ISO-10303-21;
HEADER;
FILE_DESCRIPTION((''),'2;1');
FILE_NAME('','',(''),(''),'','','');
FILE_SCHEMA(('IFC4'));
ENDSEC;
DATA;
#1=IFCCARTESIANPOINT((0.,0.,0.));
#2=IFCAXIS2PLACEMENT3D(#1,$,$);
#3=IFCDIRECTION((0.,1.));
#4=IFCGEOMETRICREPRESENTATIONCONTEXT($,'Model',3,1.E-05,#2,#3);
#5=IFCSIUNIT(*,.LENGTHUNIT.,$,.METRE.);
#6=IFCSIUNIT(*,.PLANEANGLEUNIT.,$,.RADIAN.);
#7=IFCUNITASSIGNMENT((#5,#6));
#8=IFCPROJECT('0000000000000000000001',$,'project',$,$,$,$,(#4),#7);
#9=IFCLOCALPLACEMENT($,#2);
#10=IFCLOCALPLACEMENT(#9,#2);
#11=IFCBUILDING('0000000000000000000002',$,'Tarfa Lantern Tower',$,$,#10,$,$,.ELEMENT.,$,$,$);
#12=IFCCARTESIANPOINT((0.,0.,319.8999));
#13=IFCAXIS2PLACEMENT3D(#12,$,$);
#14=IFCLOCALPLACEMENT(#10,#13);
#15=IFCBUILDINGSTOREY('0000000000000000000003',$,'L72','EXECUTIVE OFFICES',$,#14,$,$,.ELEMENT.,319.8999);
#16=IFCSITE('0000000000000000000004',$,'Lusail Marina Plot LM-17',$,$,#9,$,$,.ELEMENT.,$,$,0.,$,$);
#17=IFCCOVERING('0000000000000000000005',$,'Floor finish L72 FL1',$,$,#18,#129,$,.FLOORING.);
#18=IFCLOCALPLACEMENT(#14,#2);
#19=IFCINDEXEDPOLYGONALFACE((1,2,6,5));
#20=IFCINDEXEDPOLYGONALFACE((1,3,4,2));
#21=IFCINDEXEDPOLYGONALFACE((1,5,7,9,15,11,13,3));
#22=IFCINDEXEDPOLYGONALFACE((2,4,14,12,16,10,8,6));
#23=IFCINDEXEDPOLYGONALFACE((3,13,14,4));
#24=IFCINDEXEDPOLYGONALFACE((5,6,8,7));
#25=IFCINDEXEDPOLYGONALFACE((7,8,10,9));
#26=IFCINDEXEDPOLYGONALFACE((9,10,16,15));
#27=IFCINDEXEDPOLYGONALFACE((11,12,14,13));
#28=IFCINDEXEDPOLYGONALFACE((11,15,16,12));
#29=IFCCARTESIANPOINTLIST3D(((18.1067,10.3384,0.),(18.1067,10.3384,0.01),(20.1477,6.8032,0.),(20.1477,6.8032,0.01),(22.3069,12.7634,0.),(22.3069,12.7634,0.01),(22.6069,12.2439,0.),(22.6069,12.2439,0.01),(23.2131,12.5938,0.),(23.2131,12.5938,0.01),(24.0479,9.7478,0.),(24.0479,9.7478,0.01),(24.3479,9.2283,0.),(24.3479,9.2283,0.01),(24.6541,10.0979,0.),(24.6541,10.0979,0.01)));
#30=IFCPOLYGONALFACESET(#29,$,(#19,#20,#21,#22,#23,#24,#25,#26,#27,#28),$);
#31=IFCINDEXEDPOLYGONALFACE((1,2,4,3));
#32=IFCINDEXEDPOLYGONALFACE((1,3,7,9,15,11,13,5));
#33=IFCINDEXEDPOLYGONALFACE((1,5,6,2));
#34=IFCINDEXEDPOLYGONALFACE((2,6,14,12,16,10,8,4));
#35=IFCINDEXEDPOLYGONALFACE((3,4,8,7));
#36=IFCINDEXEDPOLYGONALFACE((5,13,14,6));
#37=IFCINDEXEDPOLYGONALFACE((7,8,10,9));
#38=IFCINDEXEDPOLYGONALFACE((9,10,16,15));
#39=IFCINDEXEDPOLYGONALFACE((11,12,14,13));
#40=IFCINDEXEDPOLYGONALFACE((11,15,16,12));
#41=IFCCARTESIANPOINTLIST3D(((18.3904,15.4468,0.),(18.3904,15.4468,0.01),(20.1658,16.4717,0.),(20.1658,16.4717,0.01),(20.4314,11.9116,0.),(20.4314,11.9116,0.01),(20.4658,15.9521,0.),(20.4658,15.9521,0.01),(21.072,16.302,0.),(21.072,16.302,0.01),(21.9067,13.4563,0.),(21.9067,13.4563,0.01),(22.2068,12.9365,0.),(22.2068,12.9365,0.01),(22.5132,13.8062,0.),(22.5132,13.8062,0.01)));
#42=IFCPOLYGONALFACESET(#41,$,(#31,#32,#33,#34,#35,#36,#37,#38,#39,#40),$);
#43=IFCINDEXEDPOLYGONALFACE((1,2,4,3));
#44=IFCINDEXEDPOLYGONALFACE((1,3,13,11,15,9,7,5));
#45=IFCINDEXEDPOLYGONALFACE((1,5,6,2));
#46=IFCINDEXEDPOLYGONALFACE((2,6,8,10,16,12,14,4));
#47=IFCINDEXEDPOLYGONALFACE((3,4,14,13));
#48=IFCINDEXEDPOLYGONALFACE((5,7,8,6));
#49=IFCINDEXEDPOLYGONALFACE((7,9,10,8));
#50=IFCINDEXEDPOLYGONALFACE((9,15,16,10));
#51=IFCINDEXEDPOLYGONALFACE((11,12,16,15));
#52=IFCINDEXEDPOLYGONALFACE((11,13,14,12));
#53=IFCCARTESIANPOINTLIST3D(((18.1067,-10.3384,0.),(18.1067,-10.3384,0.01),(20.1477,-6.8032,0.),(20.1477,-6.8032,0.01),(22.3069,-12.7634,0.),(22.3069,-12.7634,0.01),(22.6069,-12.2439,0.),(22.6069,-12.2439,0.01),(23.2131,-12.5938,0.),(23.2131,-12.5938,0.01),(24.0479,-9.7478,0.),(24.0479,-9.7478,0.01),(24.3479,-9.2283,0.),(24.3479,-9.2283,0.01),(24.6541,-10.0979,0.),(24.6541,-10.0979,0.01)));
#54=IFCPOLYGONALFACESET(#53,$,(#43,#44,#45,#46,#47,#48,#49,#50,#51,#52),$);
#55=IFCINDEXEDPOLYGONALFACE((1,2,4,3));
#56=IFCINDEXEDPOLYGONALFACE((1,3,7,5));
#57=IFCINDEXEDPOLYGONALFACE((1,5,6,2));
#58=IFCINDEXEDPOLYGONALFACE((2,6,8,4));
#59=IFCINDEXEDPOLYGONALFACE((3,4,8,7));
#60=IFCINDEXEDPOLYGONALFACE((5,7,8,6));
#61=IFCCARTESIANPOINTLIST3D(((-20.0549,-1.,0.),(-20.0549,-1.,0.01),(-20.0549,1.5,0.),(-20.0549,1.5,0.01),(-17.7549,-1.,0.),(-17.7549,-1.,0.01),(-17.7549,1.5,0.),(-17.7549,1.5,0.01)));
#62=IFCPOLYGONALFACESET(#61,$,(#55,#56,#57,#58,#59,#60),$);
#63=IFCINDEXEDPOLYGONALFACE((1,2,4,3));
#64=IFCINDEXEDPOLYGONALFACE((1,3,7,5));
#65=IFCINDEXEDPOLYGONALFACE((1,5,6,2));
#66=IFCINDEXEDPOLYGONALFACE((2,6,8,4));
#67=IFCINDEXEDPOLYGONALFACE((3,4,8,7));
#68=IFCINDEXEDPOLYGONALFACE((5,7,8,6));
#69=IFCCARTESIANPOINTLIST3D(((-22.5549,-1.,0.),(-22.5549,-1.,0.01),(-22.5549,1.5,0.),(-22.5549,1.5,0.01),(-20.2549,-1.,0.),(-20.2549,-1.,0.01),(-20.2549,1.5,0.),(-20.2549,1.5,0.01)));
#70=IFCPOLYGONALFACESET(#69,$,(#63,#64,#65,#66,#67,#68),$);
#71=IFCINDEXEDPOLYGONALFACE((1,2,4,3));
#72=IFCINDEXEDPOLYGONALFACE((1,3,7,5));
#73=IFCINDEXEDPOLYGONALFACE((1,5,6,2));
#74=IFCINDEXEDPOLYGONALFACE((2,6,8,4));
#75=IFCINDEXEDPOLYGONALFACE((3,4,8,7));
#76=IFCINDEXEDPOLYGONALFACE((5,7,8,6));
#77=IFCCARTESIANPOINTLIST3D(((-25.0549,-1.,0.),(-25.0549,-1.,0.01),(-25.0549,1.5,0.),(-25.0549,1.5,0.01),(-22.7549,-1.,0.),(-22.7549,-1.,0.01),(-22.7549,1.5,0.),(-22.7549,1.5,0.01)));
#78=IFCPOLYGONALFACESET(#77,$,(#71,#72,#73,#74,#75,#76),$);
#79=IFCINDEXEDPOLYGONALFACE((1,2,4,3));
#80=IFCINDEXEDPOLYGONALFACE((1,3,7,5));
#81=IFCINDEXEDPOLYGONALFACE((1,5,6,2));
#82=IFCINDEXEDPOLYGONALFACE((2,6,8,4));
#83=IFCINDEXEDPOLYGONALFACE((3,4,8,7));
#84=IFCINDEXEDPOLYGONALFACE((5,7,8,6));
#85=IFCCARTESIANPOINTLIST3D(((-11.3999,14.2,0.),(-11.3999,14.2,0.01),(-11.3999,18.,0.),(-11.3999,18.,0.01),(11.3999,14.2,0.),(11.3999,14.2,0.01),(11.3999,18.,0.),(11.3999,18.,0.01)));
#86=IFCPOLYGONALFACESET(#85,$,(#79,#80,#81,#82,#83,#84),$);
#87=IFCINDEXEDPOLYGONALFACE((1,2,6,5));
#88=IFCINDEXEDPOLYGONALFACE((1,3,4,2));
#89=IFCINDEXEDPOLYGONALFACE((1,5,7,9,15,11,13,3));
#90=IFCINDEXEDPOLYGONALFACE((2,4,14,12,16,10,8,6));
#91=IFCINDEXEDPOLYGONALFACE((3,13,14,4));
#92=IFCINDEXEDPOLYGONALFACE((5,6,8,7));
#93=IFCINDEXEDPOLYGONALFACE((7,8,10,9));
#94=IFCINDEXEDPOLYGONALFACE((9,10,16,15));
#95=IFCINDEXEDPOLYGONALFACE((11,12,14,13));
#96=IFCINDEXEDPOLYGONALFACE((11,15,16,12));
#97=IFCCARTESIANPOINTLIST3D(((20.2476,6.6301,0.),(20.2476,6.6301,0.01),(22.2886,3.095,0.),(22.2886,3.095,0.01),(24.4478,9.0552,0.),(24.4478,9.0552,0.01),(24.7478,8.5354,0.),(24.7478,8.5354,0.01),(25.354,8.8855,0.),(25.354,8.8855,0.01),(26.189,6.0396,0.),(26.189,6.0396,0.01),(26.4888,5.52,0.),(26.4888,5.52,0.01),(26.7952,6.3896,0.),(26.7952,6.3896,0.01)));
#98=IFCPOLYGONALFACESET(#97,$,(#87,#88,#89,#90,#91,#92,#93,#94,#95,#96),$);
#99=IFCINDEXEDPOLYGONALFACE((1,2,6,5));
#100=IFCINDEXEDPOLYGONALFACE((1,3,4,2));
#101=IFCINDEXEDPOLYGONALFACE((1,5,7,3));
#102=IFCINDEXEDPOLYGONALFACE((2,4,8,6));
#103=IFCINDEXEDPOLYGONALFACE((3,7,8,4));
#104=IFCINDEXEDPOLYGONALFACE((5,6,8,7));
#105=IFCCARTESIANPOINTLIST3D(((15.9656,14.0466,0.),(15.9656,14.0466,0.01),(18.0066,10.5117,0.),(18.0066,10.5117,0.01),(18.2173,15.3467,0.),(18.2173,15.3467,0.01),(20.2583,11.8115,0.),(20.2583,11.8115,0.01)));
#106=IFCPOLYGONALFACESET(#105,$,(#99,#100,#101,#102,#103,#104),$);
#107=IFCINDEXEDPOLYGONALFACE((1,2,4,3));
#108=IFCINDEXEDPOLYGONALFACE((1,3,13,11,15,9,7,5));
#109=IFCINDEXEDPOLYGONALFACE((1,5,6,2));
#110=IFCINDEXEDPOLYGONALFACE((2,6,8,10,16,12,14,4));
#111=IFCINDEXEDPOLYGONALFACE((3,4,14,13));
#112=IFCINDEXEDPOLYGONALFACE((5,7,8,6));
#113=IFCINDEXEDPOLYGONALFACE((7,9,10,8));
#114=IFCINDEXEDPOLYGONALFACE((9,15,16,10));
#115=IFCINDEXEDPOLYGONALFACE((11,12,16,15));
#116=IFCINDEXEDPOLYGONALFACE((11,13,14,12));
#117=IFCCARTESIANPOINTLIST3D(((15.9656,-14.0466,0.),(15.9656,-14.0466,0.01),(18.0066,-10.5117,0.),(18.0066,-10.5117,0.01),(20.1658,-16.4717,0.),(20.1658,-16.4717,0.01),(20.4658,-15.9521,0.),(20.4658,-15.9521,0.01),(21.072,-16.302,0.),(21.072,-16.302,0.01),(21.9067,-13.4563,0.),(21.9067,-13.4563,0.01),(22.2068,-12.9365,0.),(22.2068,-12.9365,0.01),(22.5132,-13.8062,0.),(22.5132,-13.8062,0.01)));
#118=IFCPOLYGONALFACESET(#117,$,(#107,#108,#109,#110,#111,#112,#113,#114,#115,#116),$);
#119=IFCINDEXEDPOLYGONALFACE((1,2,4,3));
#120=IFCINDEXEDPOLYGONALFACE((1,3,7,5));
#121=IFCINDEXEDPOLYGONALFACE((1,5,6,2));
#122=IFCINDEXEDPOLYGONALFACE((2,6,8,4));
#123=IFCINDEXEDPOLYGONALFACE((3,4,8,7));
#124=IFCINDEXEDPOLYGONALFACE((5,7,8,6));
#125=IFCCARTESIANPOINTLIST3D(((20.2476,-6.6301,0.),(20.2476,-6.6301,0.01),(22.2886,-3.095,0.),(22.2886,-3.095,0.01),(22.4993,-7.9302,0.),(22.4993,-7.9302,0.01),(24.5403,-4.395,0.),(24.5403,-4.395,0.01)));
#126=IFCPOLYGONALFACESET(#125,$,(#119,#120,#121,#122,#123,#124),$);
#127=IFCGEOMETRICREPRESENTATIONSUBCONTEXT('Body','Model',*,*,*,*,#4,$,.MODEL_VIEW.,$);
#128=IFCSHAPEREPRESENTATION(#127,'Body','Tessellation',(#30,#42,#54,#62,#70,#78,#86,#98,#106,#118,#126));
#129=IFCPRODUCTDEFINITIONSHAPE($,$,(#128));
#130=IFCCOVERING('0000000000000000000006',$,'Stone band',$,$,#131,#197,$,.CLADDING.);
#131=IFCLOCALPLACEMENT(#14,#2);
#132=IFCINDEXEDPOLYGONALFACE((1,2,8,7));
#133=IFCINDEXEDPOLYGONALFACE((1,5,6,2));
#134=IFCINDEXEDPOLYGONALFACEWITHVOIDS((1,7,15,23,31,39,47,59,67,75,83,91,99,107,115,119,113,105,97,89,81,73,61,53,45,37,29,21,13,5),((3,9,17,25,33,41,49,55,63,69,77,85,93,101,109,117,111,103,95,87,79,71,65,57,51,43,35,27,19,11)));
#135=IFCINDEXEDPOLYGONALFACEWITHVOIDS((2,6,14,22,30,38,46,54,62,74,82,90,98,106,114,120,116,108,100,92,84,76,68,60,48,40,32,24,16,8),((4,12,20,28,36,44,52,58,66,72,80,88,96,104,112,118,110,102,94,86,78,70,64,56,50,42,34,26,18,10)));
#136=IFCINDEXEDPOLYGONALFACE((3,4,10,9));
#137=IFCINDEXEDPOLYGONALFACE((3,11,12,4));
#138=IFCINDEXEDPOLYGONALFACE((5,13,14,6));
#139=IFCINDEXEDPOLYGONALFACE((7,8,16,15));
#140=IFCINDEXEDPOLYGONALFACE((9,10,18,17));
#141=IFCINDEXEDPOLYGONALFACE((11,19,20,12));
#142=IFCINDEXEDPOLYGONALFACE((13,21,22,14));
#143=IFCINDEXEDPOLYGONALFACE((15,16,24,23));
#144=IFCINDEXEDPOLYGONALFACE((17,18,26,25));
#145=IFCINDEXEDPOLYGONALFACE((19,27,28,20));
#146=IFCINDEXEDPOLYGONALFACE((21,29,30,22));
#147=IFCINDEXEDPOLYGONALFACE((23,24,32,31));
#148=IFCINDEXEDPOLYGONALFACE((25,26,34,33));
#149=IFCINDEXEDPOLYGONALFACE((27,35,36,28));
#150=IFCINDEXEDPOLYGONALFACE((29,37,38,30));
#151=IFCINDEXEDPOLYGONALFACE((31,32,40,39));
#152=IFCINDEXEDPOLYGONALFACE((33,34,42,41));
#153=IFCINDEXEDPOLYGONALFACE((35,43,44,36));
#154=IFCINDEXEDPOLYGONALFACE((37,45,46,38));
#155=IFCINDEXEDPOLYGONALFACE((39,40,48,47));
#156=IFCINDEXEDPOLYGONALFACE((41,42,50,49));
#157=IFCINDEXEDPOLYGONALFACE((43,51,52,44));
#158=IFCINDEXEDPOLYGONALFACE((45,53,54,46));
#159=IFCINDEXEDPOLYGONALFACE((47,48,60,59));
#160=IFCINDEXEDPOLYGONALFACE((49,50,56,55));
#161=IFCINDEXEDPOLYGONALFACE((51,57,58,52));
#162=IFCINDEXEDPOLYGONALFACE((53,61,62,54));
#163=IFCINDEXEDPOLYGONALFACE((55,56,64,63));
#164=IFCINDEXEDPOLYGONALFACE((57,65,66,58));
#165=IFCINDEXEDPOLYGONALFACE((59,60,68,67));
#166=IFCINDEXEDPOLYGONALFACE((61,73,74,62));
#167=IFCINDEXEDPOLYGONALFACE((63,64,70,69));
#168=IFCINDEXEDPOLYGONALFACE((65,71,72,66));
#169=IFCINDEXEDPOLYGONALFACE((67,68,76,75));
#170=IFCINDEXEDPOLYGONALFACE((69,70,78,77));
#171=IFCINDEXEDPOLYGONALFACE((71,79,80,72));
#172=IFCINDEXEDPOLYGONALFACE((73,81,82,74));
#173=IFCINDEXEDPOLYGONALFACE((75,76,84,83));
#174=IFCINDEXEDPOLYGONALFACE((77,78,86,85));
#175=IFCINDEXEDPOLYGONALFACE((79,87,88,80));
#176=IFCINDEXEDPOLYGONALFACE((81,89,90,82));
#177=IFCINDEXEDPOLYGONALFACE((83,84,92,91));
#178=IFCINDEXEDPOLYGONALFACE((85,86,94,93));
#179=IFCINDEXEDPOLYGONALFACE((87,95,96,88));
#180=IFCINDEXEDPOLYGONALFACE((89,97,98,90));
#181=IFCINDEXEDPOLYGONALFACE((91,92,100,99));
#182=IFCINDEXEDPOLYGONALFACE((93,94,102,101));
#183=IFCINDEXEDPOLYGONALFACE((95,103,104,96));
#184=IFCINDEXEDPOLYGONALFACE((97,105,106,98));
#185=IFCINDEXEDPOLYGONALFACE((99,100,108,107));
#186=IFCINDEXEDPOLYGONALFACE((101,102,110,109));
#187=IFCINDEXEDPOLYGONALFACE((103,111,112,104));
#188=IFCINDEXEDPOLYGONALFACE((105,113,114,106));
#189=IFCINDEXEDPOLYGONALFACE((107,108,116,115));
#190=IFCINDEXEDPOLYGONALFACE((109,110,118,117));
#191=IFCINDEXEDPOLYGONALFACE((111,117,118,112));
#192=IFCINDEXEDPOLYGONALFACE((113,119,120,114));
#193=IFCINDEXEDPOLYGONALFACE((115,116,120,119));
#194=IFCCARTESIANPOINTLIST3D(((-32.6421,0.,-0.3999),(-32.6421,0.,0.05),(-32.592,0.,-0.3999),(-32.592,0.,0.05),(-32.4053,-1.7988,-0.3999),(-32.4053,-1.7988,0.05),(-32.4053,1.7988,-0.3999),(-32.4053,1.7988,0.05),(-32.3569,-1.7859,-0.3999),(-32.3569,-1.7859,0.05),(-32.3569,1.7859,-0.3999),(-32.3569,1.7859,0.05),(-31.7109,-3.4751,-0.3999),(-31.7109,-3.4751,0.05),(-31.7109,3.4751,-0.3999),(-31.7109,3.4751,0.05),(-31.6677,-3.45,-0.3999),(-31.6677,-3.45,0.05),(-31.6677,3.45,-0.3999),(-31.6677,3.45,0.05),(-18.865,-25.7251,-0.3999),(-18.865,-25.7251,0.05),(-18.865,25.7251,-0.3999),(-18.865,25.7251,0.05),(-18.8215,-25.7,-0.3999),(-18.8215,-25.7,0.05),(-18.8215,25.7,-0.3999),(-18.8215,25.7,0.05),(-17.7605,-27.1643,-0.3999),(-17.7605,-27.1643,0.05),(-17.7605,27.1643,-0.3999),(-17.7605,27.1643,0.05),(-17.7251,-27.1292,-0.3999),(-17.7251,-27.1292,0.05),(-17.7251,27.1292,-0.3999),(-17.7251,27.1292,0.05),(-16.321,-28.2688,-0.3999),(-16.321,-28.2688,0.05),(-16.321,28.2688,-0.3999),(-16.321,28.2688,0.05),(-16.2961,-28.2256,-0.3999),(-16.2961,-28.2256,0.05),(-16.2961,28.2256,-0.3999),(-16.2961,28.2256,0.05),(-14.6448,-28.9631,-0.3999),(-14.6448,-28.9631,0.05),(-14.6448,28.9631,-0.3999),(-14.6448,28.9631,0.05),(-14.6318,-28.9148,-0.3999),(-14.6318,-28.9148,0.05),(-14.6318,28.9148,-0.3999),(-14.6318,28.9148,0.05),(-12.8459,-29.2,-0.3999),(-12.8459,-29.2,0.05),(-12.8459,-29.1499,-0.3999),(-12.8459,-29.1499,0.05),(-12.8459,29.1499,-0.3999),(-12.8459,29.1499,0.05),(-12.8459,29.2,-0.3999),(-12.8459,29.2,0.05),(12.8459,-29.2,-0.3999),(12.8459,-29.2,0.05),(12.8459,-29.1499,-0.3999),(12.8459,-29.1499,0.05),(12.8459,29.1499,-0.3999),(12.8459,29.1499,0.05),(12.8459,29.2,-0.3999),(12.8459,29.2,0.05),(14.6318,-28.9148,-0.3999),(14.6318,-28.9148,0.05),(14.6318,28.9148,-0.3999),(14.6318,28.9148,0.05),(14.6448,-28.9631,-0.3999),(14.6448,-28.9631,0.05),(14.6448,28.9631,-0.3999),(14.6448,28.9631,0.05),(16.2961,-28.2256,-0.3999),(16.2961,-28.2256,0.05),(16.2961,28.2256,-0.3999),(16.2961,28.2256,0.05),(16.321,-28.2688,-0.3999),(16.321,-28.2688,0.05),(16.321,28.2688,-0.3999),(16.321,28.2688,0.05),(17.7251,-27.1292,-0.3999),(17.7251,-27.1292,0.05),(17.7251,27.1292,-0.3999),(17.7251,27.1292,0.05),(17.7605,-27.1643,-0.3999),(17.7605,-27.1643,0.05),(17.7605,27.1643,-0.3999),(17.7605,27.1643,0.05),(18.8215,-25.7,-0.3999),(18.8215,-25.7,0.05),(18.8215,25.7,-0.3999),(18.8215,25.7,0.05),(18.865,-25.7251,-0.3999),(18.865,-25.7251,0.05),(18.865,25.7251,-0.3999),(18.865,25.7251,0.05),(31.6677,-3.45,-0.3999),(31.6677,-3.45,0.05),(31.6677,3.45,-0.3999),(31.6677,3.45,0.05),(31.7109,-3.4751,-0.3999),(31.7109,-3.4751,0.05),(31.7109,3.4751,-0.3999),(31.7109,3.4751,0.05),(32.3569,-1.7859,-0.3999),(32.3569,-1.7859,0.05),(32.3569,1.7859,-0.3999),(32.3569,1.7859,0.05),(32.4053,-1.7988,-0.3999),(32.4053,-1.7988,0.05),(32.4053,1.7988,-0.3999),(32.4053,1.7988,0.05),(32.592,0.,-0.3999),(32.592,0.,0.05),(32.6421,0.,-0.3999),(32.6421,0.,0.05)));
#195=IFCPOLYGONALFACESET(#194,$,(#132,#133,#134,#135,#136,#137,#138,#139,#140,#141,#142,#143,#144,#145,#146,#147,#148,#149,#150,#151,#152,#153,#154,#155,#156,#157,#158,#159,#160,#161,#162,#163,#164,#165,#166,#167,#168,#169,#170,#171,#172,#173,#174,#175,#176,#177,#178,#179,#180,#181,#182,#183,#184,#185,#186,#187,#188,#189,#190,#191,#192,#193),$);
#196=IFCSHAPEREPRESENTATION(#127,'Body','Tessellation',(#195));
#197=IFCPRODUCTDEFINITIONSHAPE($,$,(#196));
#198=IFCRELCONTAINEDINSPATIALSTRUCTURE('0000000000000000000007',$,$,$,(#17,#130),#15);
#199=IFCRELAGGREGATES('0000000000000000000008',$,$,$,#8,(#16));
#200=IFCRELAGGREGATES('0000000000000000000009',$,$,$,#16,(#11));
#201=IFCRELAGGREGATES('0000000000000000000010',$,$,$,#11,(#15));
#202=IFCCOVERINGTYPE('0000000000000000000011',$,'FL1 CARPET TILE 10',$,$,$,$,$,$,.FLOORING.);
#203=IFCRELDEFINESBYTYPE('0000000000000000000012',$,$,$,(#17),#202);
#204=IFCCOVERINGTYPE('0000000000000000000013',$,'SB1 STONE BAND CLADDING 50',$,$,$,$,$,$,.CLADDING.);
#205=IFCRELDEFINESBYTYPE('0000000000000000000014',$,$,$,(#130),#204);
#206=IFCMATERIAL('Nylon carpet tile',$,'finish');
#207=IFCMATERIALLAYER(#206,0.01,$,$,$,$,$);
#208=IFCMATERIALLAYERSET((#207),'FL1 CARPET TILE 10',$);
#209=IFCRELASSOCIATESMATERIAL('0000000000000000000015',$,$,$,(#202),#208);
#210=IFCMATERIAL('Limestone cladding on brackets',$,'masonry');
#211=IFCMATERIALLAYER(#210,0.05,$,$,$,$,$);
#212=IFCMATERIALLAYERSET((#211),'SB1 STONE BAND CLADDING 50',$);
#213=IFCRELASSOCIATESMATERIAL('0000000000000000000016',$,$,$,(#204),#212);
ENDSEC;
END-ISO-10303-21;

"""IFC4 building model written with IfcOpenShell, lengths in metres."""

from ifc_helpers import new_model, si_unit, direction, frame, origin, place, context, subcontext, project, spatial, polyline, outline, extrude, material, layer, layer_set, type_object, element, save


model = new_model("IFC4")

# Units and contexts
model_context = context("Model", 3, precision=1e-05, world=origin(), true_north=direction((0.0, 1.0)))
body_context = subcontext(model_context, "Body", "Model", "MODEL_VIEW")
ifc_project = project(units=[si_unit("LENGTHUNIT", "METRE"), si_unit("PLANEANGLEUNIT", "RADIAN")], contexts=[model_context])

# Site, building, storey
site_placement = place(None, origin())
site = spatial("IfcSite", under=ifc_project, at=site_placement, Name="Lusail Marina Plot LM-17", CompositionType="ELEMENT", RefElevation=0.0)
building_placement = place(site_placement, origin())
building = spatial("IfcBuilding", under=site, at=building_placement, Name="Tarfa Lantern Tower", CompositionType="ELEMENT")
storey_placement = place(building_placement, frame((0.0, 0.0, 319.8999)))
storey = spatial("IfcBuildingStorey", under=building, at=storey_placement, Name="L72", Description="EXECUTIVE OFFICES", CompositionType="ELEMENT", Elevation=319.8999)

# Coverings
ifc_material_1 = material(Name="Nylon carpet tile", Category="finish")
ifc_layer_1 = layer(ifc_material_1, 0.01)
ifc_layer_set_1 = layer_set([ifc_layer_1], Name="FL1 CARPET TILE 10")
covering_type_1 = type_object("IfcCoveringType", Name="FL1 CARPET TILE 10", PredefinedType="FLOORING", material=ifc_layer_set_1)
covering_1_placement = place(storey_placement, origin())
element("IfcCovering", 1, at=covering_1_placement, inside=storey, type_object=covering_type_1, Name="Floor finish L72 FL1", PredefinedType="FLOORING", context=body_context, shape_type="SweptSolid", body=[
    extrude(outline(polyline([(18.1067, 10.3384), (22.3069, 12.7634), (22.6069, 12.2439), (23.2131, 12.5938), (24.6541, 10.0979), (24.0479, 9.7478), (24.3479, 9.2283), (20.1477, 6.8032), (18.1067, 10.3384)])), origin(), (0.0, 0.0, 1.0), 0.01),
    extrude(outline(polyline([(18.3904, 15.4468), (20.1658, 16.4717), (20.4658, 15.9521), (21.072, 16.302), (22.5132, 13.8062), (21.9067, 13.4563), (22.2068, 12.9365), (20.4314, 11.9116), (18.3904, 15.4468)])), origin(), (0.0, 0.0, 1.0), 0.01),
    extrude(outline(polyline([(20.1477, -6.8032), (24.3479, -9.2283), (24.0479, -9.7478), (24.6541, -10.0979), (23.2131, -12.5938), (22.6069, -12.2439), (22.3069, -12.7634), (18.1067, -10.3384), (20.1477, -6.8032)])), origin(), (0.0, 0.0, 1.0), 0.01),
    extrude(outline(polyline([(-20.0549, -1.0), (-20.0549, 1.5), (-17.7549, 1.5), (-17.7549, -1.0), (-20.0549, -1.0)])), origin(), (0.0, 0.0, 1.0), 0.01),
    extrude(outline(polyline([(-22.5549, -1.0), (-22.5549, 1.5), (-20.2549, 1.5), (-20.2549, -1.0), (-22.5549, -1.0)])), origin(), (0.0, 0.0, 1.0), 0.01),
    extrude(outline(polyline([(-25.0549, -1.0), (-25.0549, 1.5), (-22.7549, 1.5), (-22.7549, -1.0), (-25.0549, -1.0)])), origin(), (0.0, 0.0, 1.0), 0.01),
    extrude(outline(polyline([(-11.3999, 18.0), (11.3999, 18.0), (11.3999, 14.2), (-11.3999, 14.2), (-11.3999, 18.0)])), origin(), (0.0, 0.0, 1.0), 0.01),
    extrude(outline(polyline([(20.2476, 6.6301), (24.4478, 9.0552), (24.7478, 8.5354), (25.354, 8.8855), (26.7952, 6.3896), (26.189, 6.0396), (26.4888, 5.52), (22.2886, 3.095), (20.2476, 6.6301)])), origin(), (0.0, 0.0, 1.0), 0.01),
    extrude(outline(polyline([(15.9656, 14.0466), (18.2173, 15.3467), (20.2583, 11.8115), (18.0066, 10.5117), (15.9656, 14.0466)])), origin(), (0.0, 0.0, 1.0), 0.01),
    extrude(outline(polyline([(18.0066, -10.5117), (22.2068, -12.9365), (21.9067, -13.4563), (22.5132, -13.8062), (21.072, -16.302), (20.4658, -15.9521), (20.1658, -16.4717), (15.9656, -14.0466), (18.0066, -10.5117)])), origin(), (0.0, 0.0, 1.0), 0.01),
    extrude(outline(polyline([(22.2886, -3.095), (24.5403, -4.395), (22.4993, -7.9302), (20.2476, -6.6301), (22.2886, -3.095)])), origin(), (0.0, 0.0, 1.0), 0.01),
])
ifc_material_2 = material(Name="Limestone cladding on brackets", Category="masonry")
ifc_layer_2 = layer(ifc_material_2, 0.05)
ifc_layer_set_2 = layer_set([ifc_layer_2], Name="SB1 STONE BAND CLADDING 50")
covering_type_2 = type_object("IfcCoveringType", Name="SB1 STONE BAND CLADDING 50", PredefinedType="CLADDING", material=ifc_layer_set_2)
covering_2_placement = place(storey_placement, frame((0.0, 0.0, -0.3999)))
element("IfcCovering", 2, at=covering_2_placement, inside=storey, type_object=covering_type_2, Name="Stone band", PredefinedType="CLADDING", context=body_context, shape_type="SweptSolid", body=[
    extrude(outline(polyline([(31.7109, 3.4751), (18.865, 25.7251), (17.7605, 27.1643), (16.321, 28.2688), (14.6448, 28.9631), (12.8459, 29.2), (-12.8459, 29.2), (-14.6448, 28.9631), (-16.321, 28.2688), (-17.7605, 27.1643), (-18.865, 25.7251), (-31.7109, 3.4751), (-32.4053, 1.7988), (-32.6421, 0.0), (-32.4053, -1.7988), (-31.7109, -3.4751), (-18.865, -25.7251), (-17.7605, -27.1643), (-16.321, -28.2688), (-14.6448, -28.9631), (-12.8459, -29.2), (12.8459, -29.2), (14.6448, -28.9631), (16.321, -28.2688), (17.7605, -27.1643), (18.865, -25.7251), (31.7109, -3.4751), (32.4053, -1.7988), (32.6421, 0.0), (32.4053, 1.7988), (31.7109, 3.4751)]), holes=[polyline([(31.6677, 3.45), (18.8215, 25.7), (17.7251, 27.1292), (16.2961, 28.2256), (14.6318, 28.9148), (12.8459, 29.1499), (-12.8459, 29.1499), (-14.6318, 28.9148), (-16.2961, 28.2256), (-17.7251, 27.1292), (-18.8215, 25.7), (-31.6677, 3.45), (-32.3569, 1.7859), (-32.592, 0.0), (-32.3569, -1.7859), (-31.6677, -3.45), (-18.8215, -25.7), (-17.7251, -27.1292), (-16.2961, -28.2256), (-14.6318, -28.9148), (-12.8459, -29.1499), (12.8459, -29.1499), (14.6318, -28.9148), (16.2961, -28.2256), (17.7251, -27.1292), (18.8215, -25.7), (31.6677, -3.45), (32.3569, -1.7859), (32.592, 0.0), (32.3569, 1.7859), (31.6677, 3.45)])]), origin(), (0.0, 0.0, 1.0), 0.45),
])

save(model, "model.ifc")
